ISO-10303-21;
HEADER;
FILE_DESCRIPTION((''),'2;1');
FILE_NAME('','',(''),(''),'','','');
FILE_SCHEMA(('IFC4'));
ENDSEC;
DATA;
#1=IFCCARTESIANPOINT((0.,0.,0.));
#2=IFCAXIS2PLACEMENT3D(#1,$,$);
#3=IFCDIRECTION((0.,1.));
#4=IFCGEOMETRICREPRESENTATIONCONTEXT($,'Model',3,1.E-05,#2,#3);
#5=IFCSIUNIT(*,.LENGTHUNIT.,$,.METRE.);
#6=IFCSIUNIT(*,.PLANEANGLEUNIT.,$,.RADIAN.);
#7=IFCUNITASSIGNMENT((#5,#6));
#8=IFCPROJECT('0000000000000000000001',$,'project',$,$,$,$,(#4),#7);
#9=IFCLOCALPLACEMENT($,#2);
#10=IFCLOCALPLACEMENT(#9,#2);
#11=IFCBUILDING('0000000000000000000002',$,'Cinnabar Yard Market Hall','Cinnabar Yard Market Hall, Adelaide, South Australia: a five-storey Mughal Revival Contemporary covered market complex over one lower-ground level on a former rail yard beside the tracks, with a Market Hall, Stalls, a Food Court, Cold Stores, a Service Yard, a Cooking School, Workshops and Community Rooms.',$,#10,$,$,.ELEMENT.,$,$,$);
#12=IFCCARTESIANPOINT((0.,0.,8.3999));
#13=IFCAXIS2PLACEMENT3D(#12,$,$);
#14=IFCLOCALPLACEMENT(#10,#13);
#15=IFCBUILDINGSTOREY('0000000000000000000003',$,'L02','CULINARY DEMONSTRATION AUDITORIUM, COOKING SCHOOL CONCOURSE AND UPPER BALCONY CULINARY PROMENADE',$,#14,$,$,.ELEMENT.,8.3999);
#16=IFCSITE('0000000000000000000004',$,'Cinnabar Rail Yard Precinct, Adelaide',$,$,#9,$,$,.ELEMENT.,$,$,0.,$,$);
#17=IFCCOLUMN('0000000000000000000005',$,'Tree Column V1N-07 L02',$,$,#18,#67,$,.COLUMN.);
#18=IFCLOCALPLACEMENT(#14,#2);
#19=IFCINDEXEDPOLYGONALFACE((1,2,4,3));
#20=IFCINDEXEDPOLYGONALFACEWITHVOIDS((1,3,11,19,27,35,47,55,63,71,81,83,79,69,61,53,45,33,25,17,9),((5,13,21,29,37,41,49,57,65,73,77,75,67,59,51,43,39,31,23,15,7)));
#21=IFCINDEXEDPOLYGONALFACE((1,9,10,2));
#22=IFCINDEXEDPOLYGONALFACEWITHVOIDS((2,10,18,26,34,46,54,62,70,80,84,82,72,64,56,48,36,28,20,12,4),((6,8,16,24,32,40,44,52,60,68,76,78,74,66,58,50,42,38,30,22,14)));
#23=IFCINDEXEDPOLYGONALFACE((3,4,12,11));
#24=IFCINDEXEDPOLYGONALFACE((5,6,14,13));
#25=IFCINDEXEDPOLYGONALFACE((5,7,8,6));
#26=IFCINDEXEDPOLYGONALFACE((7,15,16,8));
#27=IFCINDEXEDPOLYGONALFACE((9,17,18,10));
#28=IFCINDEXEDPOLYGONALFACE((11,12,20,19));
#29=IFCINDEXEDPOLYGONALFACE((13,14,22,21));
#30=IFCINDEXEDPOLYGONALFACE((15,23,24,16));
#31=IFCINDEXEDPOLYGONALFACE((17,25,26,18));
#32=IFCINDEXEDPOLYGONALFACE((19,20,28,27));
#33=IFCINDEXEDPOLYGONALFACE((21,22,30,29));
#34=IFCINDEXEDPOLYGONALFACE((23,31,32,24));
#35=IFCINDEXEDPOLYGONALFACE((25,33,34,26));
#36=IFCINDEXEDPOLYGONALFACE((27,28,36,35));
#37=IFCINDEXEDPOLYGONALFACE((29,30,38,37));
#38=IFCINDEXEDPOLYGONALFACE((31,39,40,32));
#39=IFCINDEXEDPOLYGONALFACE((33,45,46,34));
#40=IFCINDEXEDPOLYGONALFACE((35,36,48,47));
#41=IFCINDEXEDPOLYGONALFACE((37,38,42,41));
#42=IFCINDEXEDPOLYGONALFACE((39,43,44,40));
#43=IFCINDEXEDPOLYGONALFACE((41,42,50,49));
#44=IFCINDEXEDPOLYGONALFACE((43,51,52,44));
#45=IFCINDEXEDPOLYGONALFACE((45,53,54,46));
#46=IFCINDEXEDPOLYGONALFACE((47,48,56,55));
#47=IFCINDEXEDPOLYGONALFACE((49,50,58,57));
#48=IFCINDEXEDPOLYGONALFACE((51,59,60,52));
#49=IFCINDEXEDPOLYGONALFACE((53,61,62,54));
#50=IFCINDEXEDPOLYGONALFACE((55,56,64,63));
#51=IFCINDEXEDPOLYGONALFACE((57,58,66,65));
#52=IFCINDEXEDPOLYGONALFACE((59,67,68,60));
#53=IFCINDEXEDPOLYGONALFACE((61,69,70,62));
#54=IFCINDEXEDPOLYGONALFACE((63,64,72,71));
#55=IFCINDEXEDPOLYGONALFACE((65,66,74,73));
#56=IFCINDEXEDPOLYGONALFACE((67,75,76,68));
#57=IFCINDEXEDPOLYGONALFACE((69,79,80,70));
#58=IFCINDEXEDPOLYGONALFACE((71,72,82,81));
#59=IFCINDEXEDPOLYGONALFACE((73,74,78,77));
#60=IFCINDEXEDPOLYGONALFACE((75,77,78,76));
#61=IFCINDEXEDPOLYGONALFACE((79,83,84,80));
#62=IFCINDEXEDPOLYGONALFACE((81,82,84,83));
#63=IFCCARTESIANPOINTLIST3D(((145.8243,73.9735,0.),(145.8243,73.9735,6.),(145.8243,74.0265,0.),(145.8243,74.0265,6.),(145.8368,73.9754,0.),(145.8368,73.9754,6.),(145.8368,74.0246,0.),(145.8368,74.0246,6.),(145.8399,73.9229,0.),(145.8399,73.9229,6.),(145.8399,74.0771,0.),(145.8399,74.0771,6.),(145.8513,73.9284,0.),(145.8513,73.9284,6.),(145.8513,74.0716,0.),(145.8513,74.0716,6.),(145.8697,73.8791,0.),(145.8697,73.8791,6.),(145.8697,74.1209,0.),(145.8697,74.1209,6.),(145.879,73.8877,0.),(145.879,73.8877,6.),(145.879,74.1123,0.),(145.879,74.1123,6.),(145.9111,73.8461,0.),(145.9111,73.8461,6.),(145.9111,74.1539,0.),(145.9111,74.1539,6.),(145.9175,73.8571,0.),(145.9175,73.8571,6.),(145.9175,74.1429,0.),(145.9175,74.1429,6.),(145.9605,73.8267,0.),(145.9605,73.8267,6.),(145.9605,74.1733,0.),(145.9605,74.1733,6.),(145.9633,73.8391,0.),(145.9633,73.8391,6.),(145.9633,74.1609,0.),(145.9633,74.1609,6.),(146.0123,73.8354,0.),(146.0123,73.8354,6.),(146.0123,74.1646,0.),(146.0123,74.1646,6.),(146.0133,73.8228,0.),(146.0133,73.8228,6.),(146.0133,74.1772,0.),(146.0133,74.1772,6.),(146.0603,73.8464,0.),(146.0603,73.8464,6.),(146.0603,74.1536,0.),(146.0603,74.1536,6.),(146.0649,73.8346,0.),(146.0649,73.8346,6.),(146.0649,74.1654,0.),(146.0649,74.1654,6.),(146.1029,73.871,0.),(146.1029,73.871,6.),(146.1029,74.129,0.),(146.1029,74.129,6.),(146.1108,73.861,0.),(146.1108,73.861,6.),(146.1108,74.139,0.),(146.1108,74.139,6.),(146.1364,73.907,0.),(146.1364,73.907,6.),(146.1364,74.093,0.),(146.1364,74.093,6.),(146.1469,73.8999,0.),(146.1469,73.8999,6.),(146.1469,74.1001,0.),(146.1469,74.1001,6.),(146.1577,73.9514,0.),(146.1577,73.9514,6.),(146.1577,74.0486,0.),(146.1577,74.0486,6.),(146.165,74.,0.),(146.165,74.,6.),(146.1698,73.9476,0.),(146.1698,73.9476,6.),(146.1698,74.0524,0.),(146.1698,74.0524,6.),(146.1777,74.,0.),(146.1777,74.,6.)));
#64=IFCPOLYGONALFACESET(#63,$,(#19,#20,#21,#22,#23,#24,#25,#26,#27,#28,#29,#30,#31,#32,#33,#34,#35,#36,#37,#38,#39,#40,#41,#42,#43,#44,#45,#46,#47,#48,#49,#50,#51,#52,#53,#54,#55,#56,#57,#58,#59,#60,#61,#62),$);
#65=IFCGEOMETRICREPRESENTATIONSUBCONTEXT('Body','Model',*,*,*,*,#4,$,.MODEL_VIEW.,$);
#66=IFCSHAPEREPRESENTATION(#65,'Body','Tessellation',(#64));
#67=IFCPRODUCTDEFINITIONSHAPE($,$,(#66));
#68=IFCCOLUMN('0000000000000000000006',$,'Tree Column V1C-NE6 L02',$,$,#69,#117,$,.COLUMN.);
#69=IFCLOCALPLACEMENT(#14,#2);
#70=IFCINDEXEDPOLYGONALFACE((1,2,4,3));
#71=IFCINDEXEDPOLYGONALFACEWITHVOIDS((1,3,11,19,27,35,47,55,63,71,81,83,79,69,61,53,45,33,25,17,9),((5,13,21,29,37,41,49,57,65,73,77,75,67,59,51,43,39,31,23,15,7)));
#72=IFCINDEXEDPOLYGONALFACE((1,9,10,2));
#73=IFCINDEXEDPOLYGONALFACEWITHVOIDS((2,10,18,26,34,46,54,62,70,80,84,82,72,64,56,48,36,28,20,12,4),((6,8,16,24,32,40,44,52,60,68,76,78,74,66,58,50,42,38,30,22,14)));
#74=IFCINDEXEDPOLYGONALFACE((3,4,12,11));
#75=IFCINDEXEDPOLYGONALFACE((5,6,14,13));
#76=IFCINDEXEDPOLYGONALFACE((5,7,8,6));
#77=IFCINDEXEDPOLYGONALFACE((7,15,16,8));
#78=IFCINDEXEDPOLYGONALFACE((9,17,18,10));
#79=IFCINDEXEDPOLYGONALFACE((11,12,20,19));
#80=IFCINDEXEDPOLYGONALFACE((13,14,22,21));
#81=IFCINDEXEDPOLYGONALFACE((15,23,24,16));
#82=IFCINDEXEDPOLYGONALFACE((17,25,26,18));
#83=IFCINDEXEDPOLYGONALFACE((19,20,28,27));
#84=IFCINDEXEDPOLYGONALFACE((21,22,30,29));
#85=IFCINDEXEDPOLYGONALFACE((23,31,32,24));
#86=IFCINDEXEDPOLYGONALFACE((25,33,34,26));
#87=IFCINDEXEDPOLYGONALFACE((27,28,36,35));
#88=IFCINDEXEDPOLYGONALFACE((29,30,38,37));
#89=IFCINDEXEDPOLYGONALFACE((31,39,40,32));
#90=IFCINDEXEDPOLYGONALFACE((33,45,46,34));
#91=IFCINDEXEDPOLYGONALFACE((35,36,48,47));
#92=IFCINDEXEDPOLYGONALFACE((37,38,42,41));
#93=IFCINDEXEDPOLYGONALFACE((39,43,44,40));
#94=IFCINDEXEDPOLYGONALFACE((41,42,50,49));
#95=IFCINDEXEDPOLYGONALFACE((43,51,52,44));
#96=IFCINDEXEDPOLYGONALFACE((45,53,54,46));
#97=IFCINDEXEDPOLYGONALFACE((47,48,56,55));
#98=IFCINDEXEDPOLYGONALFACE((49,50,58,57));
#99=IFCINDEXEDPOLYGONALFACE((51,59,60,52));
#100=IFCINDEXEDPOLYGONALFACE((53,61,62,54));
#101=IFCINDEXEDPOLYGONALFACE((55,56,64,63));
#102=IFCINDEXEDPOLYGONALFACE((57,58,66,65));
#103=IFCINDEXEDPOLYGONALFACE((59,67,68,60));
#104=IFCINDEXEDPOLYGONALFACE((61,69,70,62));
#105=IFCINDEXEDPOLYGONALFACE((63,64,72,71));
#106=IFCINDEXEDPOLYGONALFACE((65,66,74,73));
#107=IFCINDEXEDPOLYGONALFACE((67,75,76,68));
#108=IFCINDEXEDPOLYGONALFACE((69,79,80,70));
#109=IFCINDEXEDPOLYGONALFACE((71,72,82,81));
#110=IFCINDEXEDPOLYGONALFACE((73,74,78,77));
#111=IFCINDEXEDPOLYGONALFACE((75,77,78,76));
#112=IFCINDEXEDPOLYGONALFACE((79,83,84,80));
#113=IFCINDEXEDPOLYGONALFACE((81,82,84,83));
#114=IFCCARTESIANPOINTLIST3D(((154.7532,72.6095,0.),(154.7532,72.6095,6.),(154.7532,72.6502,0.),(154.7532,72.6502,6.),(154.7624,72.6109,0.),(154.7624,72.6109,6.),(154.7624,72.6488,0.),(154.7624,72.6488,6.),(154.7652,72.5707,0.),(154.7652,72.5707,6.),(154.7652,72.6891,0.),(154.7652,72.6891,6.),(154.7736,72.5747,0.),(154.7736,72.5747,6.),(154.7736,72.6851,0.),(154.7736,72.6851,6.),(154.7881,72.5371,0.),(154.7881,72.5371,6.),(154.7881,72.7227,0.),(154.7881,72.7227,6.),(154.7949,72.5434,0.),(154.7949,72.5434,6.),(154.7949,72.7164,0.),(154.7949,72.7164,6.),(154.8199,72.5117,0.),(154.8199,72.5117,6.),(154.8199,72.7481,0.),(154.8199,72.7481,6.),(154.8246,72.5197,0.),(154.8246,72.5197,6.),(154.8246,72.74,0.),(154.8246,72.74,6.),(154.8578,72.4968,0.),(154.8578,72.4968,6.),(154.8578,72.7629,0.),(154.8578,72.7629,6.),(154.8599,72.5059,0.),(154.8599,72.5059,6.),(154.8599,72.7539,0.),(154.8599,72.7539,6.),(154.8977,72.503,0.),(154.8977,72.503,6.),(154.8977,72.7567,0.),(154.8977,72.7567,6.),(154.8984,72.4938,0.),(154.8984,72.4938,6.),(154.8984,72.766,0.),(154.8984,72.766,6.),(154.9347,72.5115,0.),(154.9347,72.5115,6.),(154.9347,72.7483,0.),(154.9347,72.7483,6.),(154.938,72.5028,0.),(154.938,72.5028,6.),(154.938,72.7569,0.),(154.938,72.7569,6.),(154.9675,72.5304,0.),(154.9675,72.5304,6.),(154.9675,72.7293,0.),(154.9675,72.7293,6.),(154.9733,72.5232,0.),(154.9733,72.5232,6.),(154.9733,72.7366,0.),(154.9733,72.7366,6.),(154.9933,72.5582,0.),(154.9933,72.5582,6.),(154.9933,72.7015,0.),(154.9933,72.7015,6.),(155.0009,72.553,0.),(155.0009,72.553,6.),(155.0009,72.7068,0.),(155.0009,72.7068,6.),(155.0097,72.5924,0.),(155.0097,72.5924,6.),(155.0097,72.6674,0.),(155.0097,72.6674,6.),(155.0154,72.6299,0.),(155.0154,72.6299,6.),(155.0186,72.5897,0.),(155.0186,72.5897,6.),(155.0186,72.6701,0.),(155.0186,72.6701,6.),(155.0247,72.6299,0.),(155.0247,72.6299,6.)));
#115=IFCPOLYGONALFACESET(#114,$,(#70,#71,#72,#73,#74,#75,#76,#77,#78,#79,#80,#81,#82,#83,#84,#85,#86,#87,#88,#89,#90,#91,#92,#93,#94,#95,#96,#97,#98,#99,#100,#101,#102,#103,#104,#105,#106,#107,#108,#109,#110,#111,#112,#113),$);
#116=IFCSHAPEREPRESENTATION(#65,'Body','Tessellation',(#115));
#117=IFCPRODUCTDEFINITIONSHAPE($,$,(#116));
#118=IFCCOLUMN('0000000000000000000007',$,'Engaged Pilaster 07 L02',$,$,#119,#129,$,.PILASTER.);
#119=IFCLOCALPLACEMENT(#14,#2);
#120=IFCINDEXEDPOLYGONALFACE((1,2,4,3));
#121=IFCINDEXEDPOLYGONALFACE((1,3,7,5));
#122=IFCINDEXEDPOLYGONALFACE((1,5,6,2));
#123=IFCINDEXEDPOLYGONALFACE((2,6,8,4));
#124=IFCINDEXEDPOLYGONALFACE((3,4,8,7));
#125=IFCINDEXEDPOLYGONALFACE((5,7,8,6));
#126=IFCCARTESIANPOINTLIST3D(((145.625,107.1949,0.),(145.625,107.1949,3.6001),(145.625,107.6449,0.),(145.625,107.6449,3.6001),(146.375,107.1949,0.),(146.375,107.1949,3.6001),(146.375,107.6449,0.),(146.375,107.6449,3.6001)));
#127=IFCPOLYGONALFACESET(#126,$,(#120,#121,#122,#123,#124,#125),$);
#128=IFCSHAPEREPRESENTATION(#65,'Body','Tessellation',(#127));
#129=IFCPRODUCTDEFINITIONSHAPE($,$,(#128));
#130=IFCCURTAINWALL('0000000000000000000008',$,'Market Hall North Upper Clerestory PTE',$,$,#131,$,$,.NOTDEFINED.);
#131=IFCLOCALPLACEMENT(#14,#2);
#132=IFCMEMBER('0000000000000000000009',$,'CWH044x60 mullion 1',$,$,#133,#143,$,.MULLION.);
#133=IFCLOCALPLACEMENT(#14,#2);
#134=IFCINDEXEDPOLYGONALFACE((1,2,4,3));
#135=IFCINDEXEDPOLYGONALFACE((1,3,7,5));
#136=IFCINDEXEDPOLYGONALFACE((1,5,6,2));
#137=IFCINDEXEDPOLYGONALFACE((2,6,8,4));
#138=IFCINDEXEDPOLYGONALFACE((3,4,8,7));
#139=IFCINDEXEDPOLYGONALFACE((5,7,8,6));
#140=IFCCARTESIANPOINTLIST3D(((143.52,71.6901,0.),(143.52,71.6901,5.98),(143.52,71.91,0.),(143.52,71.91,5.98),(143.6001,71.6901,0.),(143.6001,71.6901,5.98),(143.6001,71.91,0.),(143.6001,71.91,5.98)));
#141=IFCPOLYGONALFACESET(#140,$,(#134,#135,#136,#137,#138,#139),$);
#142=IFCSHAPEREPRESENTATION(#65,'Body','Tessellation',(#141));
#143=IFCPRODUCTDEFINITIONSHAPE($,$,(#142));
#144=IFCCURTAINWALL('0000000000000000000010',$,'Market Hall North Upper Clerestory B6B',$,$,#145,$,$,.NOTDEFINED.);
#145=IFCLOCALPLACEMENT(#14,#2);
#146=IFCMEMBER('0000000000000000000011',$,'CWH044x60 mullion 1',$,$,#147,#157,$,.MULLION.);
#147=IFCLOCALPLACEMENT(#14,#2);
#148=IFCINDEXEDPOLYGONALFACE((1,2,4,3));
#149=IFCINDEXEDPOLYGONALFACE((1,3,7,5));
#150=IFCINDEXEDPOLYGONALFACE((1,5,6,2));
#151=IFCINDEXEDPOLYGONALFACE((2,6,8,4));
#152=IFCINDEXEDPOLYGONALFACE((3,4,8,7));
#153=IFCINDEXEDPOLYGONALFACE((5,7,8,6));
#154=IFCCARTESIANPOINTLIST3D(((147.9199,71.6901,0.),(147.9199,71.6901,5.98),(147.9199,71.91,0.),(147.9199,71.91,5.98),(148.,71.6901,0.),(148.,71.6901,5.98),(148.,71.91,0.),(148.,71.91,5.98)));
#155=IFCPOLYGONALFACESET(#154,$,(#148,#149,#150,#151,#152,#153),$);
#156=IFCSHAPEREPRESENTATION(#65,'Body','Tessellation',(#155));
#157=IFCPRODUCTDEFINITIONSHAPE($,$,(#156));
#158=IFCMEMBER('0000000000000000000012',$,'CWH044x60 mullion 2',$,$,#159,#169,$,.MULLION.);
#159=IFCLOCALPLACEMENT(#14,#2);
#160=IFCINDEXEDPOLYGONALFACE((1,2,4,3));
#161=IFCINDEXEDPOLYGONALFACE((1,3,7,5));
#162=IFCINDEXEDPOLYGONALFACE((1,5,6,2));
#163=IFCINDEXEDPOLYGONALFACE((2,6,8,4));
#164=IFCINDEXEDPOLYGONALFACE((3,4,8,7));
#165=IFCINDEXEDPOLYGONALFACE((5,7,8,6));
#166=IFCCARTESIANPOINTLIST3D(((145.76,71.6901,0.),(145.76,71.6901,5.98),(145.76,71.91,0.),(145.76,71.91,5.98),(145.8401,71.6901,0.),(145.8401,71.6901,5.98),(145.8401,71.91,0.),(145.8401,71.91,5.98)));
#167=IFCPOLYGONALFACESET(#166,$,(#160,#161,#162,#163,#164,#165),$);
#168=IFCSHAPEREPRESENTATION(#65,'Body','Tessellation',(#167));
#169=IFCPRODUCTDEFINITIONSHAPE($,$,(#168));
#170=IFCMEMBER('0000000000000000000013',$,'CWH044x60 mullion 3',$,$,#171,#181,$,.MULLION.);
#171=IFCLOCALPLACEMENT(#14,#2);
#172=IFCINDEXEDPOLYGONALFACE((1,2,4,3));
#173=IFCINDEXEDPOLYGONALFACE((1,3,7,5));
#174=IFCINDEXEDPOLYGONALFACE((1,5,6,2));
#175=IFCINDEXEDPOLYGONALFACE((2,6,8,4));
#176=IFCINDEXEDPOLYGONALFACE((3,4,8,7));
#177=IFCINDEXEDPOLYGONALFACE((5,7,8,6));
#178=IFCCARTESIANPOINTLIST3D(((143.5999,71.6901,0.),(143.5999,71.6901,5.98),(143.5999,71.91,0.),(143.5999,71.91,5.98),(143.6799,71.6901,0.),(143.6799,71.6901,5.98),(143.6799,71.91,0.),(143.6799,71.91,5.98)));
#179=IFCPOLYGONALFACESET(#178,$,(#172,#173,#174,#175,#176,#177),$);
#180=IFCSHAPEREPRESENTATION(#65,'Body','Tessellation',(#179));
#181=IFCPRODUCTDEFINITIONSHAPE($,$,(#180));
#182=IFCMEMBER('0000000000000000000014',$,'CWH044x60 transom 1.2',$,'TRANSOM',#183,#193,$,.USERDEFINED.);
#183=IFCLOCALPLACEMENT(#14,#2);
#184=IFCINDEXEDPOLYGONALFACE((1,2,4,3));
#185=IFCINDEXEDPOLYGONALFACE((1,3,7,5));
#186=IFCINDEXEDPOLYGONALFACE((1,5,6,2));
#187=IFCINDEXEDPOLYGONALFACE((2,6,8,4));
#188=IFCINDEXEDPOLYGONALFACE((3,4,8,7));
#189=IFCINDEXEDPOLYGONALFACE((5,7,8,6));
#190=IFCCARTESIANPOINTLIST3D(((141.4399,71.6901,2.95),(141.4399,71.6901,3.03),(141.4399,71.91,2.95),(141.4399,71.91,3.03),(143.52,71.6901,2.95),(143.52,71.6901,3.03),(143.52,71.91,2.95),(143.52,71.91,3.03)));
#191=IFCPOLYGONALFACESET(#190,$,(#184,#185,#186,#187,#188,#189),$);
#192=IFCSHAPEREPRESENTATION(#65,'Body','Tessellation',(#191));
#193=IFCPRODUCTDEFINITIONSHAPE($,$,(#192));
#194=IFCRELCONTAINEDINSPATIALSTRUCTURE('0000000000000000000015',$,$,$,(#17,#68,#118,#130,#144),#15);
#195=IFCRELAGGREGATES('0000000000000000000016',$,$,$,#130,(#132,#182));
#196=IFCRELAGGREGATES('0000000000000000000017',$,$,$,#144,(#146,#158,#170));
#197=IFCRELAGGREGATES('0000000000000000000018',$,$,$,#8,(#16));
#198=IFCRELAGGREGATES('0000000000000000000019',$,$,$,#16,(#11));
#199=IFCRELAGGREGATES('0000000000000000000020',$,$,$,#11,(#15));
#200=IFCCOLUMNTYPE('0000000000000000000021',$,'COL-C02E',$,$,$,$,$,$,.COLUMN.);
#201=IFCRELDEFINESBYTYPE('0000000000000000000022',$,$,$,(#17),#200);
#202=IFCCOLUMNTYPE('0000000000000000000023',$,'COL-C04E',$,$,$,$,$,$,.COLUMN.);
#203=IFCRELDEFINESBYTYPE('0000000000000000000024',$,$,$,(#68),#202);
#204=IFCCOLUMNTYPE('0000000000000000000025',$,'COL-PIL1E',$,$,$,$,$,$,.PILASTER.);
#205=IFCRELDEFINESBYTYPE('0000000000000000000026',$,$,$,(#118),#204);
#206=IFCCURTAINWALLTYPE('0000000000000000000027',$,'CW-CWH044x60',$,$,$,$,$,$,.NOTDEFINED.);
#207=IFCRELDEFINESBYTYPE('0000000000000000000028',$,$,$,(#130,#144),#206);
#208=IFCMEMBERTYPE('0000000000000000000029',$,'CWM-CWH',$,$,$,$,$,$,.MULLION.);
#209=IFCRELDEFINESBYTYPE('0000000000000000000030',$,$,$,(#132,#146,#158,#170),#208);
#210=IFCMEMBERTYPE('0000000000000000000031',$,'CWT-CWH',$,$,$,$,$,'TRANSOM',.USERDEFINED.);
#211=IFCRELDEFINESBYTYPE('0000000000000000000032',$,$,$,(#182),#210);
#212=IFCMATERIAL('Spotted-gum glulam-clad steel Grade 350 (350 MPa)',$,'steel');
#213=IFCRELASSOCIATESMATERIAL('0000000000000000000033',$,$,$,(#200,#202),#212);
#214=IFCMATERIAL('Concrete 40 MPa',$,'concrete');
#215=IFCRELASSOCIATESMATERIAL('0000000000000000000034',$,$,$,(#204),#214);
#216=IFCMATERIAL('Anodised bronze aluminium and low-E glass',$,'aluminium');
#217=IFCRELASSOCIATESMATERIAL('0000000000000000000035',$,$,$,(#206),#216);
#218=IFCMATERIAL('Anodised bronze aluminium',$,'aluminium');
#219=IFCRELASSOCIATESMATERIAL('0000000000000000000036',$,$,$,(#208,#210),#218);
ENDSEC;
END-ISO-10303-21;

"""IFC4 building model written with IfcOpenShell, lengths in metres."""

from ifc_helpers import new_model, si_unit, direction, frame, origin, origin_2d_with_axis, place, context, subcontext, project, spatial, rectangle, hollow_circle, extrude, material, material_profile, profile_set, type_object, element, aggregate, save


model = new_model("IFC4")

# Units and contexts
model_context = context("Model", 3, precision=1e-05, world=origin(), true_north=direction((0.0, 1.0)))
body_context = subcontext(model_context, "Body", "Model", "MODEL_VIEW")
ifc_project = project(units=[si_unit("LENGTHUNIT", "METRE"), si_unit("PLANEANGLEUNIT", "RADIAN")], contexts=[model_context])

# Site, building, storey
site_placement = place(None, origin())
site = spatial("IfcSite", under=ifc_project, at=site_placement, Name="Cinnabar Rail Yard Precinct, Adelaide", CompositionType="ELEMENT", RefElevation=0.0)
building_placement = place(site_placement, origin())
building = spatial("IfcBuilding", under=site, at=building_placement, Name="Cinnabar Yard Market Hall", Description="Cinnabar Yard Market Hall, Adelaide, South Australia: a five-storey Mughal Revival Contemporary covered market complex over one lower-ground level on a former rail yard beside the tracks, with a Market Hall, Stalls, a Food Court, Cold Stores, a Service Yard, a Cooking School, Workshops and Community Rooms.", CompositionType="ELEMENT")
storey_placement = place(building_placement, frame((0.0, 0.0, 8.3999)))
storey = spatial("IfcBuildingStorey", under=building, at=storey_placement, Name="L02", Description="CULINARY DEMONSTRATION AUDITORIUM, COOKING SCHOOL CONCOURSE AND UPPER BALCONY CULINARY PROMENADE", CompositionType="ELEMENT", Elevation=8.3999)

# Columns
ifc_material_1 = material(Name="Spotted-gum glulam-clad steel Grade 350 (350 MPa)", Category="steel")
ifc_material_profile_1 = material_profile(ifc_material_1, hollow_circle(Radius=0.1777, WallThickness=0.0127, at=origin_2d_with_axis()), Name="355.6x12.7CHS")
ifc_profile_set_1 = profile_set([ifc_material_profile_1], Name="Spotted-gum glulam-clad steel Grade 350 (350 MPa)")
column_type_1 = type_object("IfcColumnType", Name="COL-C02E", PredefinedType="COLUMN", material=ifc_profile_set_1)
column_1_placement = place(storey_placement, frame((146.0, 74.0, 0.0), z_axis=(0.0, 0.0, 1.0), x_axis=(1.0, 0.0, 0.0)))
element("IfcColumn", 1, at=column_1_placement, inside=storey, type_object=column_type_1, Name="Tree Column V1N-07 L02", PredefinedType="COLUMN", context=body_context, shape_type="SweptSolid", body=[
    extrude(hollow_circle(Radius=0.1777, WallThickness=0.0127, at=origin_2d_with_axis()), origin(), (0.0, 0.0, 1.0), 6.0),
])
ifc_material_profile_2 = material_profile(ifc_material_1, hollow_circle(Radius=0.1365, WallThickness=0.0093, at=origin_2d_with_axis()), Name="273.1x9.3CHS")
ifc_profile_set_2 = profile_set([ifc_material_profile_2], Name="Spotted-gum glulam-clad steel Grade 350 (350 MPa)")
column_type_2 = type_object("IfcColumnType", Name="COL-C04E", PredefinedType="COLUMN", material=ifc_profile_set_2)
column_2_placement = place(storey_placement, frame((154.8882, 72.6299, 0.0), z_axis=(0.0, 0.0, 1.0), x_axis=(1.0, 0.0, 0.0)))
element("IfcColumn", 2, at=column_2_placement, inside=storey, type_object=column_type_2, Name="Tree Column V1C-NE6 L02", PredefinedType="COLUMN", context=body_context, shape_type="SweptSolid", body=[
    extrude(hollow_circle(Radius=0.1365, WallThickness=0.0093, at=origin_2d_with_axis()), origin(), (0.0, 0.0, 1.0), 6.0),
])
ifc_material_2 = material(Name="Concrete 40 MPa", Category="concrete")
ifc_material_profile_3 = material_profile(ifc_material_2, rectangle(XDim=0.75, YDim=0.45, at=origin_2d_with_axis()), Name="RC-750x450")
ifc_profile_set_3 = profile_set([ifc_material_profile_3], Name="Concrete 40 MPa")
column_type_3 = type_object("IfcColumnType", Name="COL-PIL1E", PredefinedType="PILASTER", material=ifc_profile_set_3)
column_3_placement = place(storey_placement, frame((146.0, 107.4199, 0.0), z_axis=(0.0, 0.0, 1.0), x_axis=(1.0, 0.0, 0.0)))
element("IfcColumn", 3, at=column_3_placement, inside=storey, type_object=column_type_3, Name="Engaged Pilaster 07 L02", PredefinedType="PILASTER", context=body_context, shape_type="SweptSolid", body=[
    extrude(rectangle(XDim=0.75, YDim=0.45, at=origin_2d_with_axis()), origin(), (0.0, 0.0, 1.0), 3.6001),
])

# Curtain wall, member
ifc_material_3 = material(Name="Anodised bronze aluminium and low-E glass", Category="aluminium")
curtain_wall_type = type_object("IfcCurtainWallType", Name="CW-CWH044x60", PredefinedType="NOTDEFINED", material=ifc_material_3)
curtain_wall_1_placement = place(storey_placement, origin())
curtain_wall_1 = element("IfcCurtainWall", 4, at=curtain_wall_1_placement, inside=storey, type_object=curtain_wall_type, Name="Market Hall North Upper Clerestory PTE", PredefinedType="NOTDEFINED")
ifc_material_4 = material(Name="Anodised bronze aluminium", Category="aluminium")
ifc_material_profile_4 = material_profile(ifc_material_4, rectangle(XDim=0.22, YDim=0.0801, at=origin_2d_with_axis()), Name="MUL-CWH")
ifc_profile_set_4 = profile_set([ifc_material_profile_4], Name="Anodised bronze aluminium")
member_type_1 = type_object("IfcMemberType", Name="CWM-CWH", PredefinedType="MULLION", material=ifc_profile_set_4)
member_1_placement = place(storey_placement, frame((143.5601, 71.8, 0.0), z_axis=(0.0, 0.0, 1.0), x_axis=(0.0, -1.0, 0.0)))
member_1 = element("IfcMember", 5, at=member_1_placement, type_object=member_type_1, Name="CWH044x60 mullion 1", PredefinedType="MULLION", context=body_context, shape_type="SweptSolid", body=[
    extrude(rectangle(XDim=0.22, YDim=0.0801, at=origin_2d_with_axis()), origin(), (0.0, 0.0, 1.0), 5.98),
])

# Curtain wall, members
curtain_wall_2_placement = place(storey_placement, origin())
curtain_wall_2 = element("IfcCurtainWall", 6, at=curtain_wall_2_placement, inside=storey, type_object=curtain_wall_type, Name="Market Hall North Upper Clerestory B6B", PredefinedType="NOTDEFINED")
member_2_placement = place(storey_placement, frame((147.96, 71.8, 0.0), z_axis=(0.0, 0.0, 1.0), x_axis=(0.0, -1.0, 0.0)))
member_2 = element("IfcMember", 7, at=member_2_placement, type_object=member_type_1, Name="CWH044x60 mullion 1", PredefinedType="MULLION", context=body_context, shape_type="SweptSolid", body=[
    extrude(rectangle(XDim=0.22, YDim=0.0801, at=origin_2d_with_axis()), origin(), (0.0, 0.0, 1.0), 5.98),
])
member_3_placement = place(storey_placement, frame((145.8, 71.8, 0.0), z_axis=(0.0, 0.0, 1.0), x_axis=(0.0, -1.0, 0.0)))
member_3 = element("IfcMember", 8, at=member_3_placement, type_object=member_type_1, Name="CWH044x60 mullion 2", PredefinedType="MULLION", context=body_context, shape_type="SweptSolid", body=[
    extrude(rectangle(XDim=0.22, YDim=0.0801, at=origin_2d_with_axis()), origin(), (0.0, 0.0, 1.0), 5.98),
])
member_4_placement = place(storey_placement, frame((143.6399, 71.8, 0.0), z_axis=(0.0, 0.0, 1.0), x_axis=(0.0, -1.0, 0.0)))
member_4 = element("IfcMember", 9, at=member_4_placement, type_object=member_type_1, Name="CWH044x60 mullion 3", PredefinedType="MULLION", context=body_context, shape_type="SweptSolid", body=[
    extrude(rectangle(XDim=0.22, YDim=0.0801, at=origin_2d_with_axis()), origin(), (0.0, 0.0, 1.0), 5.98),
])

# Member
ifc_material_profile_5 = material_profile(ifc_material_4, rectangle(XDim=0.22, YDim=0.0801, at=origin_2d_with_axis()), Name="TRN-CWH")
ifc_profile_set_5 = profile_set([ifc_material_profile_5], Name="Anodised bronze aluminium")
member_type_2 = type_object("IfcMemberType", Name="CWT-CWH", ElementType="TRANSOM", PredefinedType="USERDEFINED", material=ifc_profile_set_5)
member_5_placement = place(storey_placement, frame((143.52, 71.8, 2.99), z_axis=(-1.0, 0.0, 0.0), x_axis=(0.0, -1.0, 0.0)))
member_5 = element("IfcMember", 10, at=member_5_placement, type_object=member_type_2, Name="CWH044x60 transom 1.2", ObjectType="TRANSOM", PredefinedType="USERDEFINED", context=body_context, shape_type="SweptSolid", body=[
    extrude(rectangle(XDim=0.22, YDim=0.0801, at=origin_2d_with_axis()), origin(), (0.0, 0.0, 1.0), 2.0801),
])
aggregate(curtain_wall_1, [member_1, member_5])

aggregate(curtain_wall_2, [member_2, member_3, member_4])

save(model, "model.ifc")
